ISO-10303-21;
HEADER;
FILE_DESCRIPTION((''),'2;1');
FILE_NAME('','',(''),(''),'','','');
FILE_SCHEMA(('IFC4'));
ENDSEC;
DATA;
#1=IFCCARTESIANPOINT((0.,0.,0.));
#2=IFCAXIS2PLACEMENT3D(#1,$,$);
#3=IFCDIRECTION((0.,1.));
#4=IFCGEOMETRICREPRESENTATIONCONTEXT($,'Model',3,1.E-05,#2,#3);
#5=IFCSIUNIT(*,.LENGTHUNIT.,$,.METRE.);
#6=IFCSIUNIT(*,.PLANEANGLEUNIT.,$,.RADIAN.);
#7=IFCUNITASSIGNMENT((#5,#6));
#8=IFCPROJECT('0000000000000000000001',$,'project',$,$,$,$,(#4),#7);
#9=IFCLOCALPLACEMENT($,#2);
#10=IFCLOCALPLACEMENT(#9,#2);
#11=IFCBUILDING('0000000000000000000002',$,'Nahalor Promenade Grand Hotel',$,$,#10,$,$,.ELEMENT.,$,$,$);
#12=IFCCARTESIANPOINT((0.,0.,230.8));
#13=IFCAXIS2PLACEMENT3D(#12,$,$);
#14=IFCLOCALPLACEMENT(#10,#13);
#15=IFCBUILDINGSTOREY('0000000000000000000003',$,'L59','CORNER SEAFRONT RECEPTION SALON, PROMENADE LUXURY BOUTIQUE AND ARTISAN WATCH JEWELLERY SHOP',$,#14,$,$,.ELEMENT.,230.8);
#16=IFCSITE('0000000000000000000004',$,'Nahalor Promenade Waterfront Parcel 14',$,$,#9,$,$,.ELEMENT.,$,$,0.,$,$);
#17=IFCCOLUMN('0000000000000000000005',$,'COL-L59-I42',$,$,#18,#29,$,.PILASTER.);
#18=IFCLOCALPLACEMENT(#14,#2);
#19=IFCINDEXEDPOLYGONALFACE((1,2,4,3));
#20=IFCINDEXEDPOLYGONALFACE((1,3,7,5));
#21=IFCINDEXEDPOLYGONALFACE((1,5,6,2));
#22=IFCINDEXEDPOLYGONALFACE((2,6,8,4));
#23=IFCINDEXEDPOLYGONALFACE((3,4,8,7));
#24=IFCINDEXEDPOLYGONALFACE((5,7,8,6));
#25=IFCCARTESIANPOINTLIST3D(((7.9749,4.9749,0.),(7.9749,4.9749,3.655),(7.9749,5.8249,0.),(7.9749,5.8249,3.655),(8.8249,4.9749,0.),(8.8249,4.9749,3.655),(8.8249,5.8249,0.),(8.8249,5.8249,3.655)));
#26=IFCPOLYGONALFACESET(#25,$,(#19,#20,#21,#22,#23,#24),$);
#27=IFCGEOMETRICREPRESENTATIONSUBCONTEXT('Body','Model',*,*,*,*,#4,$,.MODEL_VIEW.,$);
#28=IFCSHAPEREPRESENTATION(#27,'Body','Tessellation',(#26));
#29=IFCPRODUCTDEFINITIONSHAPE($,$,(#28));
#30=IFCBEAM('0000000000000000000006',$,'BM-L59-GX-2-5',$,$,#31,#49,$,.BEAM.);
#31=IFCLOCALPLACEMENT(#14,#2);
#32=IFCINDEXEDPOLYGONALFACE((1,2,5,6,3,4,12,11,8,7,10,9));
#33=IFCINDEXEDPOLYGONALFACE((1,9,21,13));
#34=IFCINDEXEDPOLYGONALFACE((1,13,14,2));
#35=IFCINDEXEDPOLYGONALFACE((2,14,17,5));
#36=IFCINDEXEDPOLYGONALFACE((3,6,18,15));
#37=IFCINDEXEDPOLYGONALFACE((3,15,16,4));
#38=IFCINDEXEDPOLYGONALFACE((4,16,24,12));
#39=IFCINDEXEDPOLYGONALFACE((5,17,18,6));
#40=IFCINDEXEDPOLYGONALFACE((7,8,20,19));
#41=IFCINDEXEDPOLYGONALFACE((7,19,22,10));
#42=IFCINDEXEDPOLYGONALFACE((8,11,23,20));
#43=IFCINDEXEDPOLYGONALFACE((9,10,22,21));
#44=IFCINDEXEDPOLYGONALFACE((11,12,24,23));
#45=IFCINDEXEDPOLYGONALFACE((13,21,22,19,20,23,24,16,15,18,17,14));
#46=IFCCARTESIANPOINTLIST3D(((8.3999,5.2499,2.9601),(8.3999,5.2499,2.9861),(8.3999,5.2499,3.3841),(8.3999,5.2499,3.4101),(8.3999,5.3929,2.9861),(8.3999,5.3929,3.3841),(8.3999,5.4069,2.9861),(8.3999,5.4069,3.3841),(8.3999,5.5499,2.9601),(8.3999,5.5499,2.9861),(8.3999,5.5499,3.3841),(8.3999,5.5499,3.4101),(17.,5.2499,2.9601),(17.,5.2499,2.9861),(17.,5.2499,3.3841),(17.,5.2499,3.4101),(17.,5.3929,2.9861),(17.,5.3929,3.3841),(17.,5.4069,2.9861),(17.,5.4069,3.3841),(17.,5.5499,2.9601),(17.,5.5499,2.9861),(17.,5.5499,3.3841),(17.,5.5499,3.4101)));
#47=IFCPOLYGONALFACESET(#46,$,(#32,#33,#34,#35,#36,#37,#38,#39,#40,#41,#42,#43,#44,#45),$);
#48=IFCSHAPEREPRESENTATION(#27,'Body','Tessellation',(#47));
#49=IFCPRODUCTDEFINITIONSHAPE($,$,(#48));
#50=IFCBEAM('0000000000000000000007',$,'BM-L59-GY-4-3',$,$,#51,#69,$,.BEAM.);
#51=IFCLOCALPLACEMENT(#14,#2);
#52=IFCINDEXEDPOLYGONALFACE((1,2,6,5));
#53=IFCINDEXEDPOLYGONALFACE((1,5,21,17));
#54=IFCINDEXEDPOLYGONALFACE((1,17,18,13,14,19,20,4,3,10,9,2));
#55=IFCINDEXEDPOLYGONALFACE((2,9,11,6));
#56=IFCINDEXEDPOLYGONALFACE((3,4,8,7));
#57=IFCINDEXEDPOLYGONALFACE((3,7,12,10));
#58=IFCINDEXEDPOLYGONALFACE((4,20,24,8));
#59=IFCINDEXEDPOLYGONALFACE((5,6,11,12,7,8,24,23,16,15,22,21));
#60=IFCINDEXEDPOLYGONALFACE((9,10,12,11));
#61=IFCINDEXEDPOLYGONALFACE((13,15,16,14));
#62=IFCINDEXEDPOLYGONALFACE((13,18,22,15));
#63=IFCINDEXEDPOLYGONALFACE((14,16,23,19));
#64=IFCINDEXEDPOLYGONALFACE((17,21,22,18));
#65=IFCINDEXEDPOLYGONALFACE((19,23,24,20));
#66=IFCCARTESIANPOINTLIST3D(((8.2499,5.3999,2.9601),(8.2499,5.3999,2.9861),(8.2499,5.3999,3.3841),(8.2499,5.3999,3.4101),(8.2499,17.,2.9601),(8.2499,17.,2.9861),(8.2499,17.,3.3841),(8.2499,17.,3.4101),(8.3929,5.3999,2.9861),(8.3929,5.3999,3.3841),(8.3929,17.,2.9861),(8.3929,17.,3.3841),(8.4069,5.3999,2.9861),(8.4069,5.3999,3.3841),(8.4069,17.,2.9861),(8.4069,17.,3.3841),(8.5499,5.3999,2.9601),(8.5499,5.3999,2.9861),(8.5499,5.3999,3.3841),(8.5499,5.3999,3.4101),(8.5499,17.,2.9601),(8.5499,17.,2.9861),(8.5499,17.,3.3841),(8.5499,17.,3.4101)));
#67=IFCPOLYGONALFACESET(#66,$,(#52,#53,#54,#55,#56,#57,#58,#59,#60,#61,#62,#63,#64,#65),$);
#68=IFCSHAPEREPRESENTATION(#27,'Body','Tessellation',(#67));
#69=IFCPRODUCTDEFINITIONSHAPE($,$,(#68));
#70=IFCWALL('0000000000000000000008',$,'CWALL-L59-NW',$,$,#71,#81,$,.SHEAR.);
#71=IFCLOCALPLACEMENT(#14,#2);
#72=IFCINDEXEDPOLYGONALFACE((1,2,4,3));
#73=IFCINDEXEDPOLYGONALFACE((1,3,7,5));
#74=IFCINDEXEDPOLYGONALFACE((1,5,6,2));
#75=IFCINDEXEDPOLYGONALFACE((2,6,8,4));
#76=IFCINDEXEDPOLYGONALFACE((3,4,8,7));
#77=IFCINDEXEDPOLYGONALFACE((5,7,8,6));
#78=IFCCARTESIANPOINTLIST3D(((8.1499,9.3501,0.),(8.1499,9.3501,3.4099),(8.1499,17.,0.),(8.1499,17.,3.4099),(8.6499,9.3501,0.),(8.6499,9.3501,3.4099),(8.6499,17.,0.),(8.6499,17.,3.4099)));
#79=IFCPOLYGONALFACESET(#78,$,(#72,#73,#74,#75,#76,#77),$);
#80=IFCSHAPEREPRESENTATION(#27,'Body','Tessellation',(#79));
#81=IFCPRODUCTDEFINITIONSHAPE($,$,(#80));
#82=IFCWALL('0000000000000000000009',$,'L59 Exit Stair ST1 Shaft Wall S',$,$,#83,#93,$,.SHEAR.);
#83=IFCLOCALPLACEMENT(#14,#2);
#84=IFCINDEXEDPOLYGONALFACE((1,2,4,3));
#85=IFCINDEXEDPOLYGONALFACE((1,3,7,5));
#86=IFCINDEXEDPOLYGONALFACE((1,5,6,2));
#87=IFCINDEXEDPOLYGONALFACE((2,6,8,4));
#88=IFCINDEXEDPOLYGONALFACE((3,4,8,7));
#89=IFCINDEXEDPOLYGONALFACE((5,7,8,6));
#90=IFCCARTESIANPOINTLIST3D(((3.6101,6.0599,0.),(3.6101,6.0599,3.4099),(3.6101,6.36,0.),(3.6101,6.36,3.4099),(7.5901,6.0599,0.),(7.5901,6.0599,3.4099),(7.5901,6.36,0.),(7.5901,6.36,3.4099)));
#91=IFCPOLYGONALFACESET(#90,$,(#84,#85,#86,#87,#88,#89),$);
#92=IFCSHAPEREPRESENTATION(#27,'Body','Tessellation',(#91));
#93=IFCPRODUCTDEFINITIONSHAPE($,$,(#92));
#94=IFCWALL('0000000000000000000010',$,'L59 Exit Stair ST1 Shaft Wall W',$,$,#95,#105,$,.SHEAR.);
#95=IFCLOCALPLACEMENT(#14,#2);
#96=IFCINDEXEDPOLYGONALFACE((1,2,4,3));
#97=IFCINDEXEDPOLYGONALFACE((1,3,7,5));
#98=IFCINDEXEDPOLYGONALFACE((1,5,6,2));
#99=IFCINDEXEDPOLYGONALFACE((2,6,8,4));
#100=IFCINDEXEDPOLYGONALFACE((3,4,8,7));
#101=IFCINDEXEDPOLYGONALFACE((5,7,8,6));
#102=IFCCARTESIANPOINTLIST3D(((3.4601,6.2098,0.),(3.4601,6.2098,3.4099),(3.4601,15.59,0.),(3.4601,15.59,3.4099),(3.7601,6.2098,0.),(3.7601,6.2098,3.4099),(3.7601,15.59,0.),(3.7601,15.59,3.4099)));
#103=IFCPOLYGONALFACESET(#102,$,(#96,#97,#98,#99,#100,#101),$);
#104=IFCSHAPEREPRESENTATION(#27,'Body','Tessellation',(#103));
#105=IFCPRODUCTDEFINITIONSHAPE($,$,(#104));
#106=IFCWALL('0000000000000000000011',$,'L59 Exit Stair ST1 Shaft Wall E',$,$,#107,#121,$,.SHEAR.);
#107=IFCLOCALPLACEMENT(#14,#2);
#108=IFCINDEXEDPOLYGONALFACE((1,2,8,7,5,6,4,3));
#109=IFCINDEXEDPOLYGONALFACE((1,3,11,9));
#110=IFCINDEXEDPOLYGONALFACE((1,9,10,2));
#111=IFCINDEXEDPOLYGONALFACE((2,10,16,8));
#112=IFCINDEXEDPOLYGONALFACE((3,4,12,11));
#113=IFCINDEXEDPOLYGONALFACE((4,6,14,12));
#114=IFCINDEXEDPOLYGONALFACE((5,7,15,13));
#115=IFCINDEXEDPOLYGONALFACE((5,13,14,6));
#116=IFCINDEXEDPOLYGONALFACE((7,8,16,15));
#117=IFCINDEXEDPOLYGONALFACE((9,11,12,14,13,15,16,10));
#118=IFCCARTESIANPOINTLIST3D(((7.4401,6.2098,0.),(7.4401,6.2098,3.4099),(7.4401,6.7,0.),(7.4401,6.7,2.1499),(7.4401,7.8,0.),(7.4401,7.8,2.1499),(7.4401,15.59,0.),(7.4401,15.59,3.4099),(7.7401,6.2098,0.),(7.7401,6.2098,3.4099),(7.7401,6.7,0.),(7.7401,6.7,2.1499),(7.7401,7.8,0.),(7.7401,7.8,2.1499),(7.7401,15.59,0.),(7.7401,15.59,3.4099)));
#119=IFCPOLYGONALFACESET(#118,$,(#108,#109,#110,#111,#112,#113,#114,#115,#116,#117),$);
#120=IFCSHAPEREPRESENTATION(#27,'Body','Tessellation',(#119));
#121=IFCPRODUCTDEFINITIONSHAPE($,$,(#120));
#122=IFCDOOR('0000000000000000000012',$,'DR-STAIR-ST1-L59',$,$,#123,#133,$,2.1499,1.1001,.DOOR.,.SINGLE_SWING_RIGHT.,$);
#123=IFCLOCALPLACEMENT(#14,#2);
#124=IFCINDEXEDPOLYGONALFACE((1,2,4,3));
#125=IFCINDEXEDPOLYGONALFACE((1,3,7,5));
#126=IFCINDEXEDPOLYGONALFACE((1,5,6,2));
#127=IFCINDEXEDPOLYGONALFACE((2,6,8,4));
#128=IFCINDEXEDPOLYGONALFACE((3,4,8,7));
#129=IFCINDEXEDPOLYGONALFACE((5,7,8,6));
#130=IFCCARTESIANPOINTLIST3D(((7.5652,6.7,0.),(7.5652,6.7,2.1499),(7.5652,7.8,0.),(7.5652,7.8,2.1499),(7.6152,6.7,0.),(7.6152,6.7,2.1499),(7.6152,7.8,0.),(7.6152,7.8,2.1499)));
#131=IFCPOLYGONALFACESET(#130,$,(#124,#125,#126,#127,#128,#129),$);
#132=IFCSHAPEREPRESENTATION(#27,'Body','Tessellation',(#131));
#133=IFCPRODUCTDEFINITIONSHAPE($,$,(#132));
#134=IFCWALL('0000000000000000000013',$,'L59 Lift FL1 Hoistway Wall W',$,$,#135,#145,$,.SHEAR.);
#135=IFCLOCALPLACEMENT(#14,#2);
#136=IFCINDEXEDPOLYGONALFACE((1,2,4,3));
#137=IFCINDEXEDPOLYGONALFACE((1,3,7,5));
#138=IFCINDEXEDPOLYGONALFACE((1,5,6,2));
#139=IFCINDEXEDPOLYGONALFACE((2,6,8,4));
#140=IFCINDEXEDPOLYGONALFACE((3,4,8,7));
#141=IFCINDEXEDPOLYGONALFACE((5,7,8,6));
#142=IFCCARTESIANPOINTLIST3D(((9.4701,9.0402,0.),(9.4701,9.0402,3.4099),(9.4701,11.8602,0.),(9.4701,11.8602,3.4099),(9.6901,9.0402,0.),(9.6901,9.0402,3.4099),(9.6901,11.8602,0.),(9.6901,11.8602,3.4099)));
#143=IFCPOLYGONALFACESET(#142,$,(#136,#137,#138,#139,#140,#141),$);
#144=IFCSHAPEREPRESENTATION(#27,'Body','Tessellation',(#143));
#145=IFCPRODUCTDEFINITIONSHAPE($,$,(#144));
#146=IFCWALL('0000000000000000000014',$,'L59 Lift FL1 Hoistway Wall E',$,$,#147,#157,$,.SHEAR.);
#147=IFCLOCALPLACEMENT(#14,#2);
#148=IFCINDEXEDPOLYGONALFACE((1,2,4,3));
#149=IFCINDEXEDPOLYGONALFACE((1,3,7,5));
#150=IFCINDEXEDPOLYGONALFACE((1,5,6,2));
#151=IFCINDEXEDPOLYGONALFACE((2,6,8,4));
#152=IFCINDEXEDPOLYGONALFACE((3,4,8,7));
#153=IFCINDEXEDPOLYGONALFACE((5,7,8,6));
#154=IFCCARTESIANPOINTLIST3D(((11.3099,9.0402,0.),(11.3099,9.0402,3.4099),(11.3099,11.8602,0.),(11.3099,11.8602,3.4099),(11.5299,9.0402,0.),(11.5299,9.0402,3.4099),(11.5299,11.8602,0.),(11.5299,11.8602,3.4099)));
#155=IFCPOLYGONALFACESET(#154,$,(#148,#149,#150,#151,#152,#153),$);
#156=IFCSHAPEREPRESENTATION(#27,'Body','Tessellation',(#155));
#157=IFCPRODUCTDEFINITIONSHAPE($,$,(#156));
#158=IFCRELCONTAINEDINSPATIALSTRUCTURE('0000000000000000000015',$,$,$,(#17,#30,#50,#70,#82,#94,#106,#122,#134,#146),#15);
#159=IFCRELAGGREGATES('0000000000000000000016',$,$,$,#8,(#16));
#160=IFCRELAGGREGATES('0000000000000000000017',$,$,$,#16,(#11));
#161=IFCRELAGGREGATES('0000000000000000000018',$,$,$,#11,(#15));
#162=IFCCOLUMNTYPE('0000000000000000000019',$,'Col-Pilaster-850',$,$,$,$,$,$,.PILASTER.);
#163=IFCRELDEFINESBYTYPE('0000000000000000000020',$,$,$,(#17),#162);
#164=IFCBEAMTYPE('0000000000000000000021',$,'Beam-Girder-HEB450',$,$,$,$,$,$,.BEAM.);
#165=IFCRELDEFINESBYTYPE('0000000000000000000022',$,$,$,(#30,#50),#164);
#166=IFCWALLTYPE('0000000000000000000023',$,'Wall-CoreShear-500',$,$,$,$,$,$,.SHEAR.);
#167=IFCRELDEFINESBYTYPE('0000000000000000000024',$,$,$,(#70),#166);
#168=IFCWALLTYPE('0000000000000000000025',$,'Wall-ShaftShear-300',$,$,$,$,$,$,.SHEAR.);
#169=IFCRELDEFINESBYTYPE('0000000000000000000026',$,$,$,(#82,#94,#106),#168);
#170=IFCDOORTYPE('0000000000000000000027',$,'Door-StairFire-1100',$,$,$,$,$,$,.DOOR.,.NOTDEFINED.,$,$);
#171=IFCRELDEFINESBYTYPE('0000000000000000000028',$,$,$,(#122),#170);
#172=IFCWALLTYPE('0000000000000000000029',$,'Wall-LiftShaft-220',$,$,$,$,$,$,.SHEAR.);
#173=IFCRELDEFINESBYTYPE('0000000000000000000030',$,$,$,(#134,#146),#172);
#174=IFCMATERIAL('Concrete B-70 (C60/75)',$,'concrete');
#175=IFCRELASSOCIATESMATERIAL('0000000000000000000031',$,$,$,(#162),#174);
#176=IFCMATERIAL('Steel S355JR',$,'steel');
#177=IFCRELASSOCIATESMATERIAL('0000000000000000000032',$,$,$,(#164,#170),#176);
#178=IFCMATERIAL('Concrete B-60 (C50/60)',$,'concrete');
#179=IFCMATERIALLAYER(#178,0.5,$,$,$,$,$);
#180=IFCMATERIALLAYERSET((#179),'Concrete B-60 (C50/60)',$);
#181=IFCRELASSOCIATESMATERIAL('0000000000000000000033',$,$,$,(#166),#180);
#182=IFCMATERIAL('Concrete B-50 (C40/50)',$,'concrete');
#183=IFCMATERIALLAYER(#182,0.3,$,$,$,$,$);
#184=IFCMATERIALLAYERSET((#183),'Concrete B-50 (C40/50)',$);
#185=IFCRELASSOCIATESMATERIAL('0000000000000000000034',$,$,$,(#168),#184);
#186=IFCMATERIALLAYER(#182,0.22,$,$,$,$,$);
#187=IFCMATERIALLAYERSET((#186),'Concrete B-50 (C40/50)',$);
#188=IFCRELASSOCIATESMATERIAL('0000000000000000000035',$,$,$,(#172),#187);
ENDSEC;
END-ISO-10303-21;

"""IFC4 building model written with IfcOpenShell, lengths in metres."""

from ifc_helpers import new_model, si_unit, direction, frame, frame_2d, origin, origin_2d, place, context, subcontext, project, spatial, rectangle, i_section, extrude, source, transform, mapped, material, layer, layer_set, material_profile, profile_set, type_object, element, fill, save


model = new_model("IFC4")

# Units and contexts
model_context = context("Model", 3, precision=1e-05, world=origin(), true_north=direction((0.0, 1.0)))
body_context = subcontext(model_context, "Body", "Model", "MODEL_VIEW")
ifc_project = project(units=[si_unit("LENGTHUNIT", "METRE"), si_unit("PLANEANGLEUNIT", "RADIAN")], contexts=[model_context])

# Site, building, storey
site_placement = place(None, origin())
site = spatial("IfcSite", under=ifc_project, at=site_placement, Name="Nahalor Promenade Waterfront Parcel 14", CompositionType="ELEMENT", RefElevation=0.0)
building_placement = place(site_placement, origin())
building = spatial("IfcBuilding", under=site, at=building_placement, Name="Nahalor Promenade Grand Hotel", CompositionType="ELEMENT")
storey_placement = place(building_placement, frame((0.0, 0.0, 230.8)))
storey = spatial("IfcBuildingStorey", under=building, at=storey_placement, Name="L59", Description="CORNER SEAFRONT RECEPTION SALON, PROMENADE LUXURY BOUTIQUE AND ARTISAN WATCH JEWELLERY SHOP", CompositionType="ELEMENT", Elevation=230.8)

# Column
ifc_material_1 = material(Name="Concrete B-70 (C60/75)", Category="concrete")
ifc_material_profile_1 = material_profile(ifc_material_1, rectangle(XDim=0.85, YDim=0.85, at=origin_2d()), Name="RC 850x850")
ifc_profile_set_1 = profile_set([ifc_material_profile_1], Name="Concrete B-70 (C60/75)")
column_type = type_object("IfcColumnType", Name="Col-Pilaster-850", PredefinedType="PILASTER", material=ifc_profile_set_1)
shared_shape_1 = source(origin(), body_context, "Body", "SweptSolid", [
    extrude(rectangle(XDim=0.85, YDim=0.85, at=origin_2d()), origin(), (0.0, 0.0, 1.0), 3.655),
])
column_placement = place(storey_placement, frame((8.3999, 5.3999, 0.0), z_axis=(0.0, 0.0, 1.0), x_axis=(1.0, 0.0, 0.0)))
element("IfcColumn", 1, at=column_placement, inside=storey, type_object=column_type, Name="COL-L59-I42", PredefinedType="PILASTER", context=body_context, shape_type="MappedRepresentation", body=[
    mapped(shared_shape_1, transform((0.0, 0.0, 0.0), scale=1.0)),
])

# Beams
ifc_material_2 = material(Name="Steel S355JR", Category="steel")
ifc_material_profile_2 = material_profile(ifc_material_2, i_section(OverallWidth=0.3, OverallDepth=0.45, WebThickness=0.014, FlangeThickness=0.026, at=origin_2d()), Name="HEB 450")
ifc_profile_set_2 = profile_set([ifc_material_profile_2], Name="Steel S355JR")
beam_type = type_object("IfcBeamType", Name="Beam-Girder-HEB450", PredefinedType="BEAM", material=ifc_profile_set_2)
shared_shape_2 = source(origin(), body_context, "Body", "SweptSolid", [
    extrude(i_section(OverallWidth=0.3, OverallDepth=0.45, WebThickness=0.014, FlangeThickness=0.026, at=origin_2d()), origin(), (0.0, 0.0, 1.0), 8.6001),
])
beam_1_placement = place(storey_placement, frame((8.3999, 5.3999, 3.1851), z_axis=(1.0, 0.0, 0.0), x_axis=(0.0, 1.0, 0.0)))
element("IfcBeam", 2, at=beam_1_placement, inside=storey, type_object=beam_type, Name="BM-L59-GX-2-5", PredefinedType="BEAM", context=body_context, shape_type="MappedRepresentation", body=[
    mapped(shared_shape_2, transform((0.0, 0.0, 0.0), scale=1.0)),
])
shared_shape_3 = source(origin(), body_context, "Body", "SweptSolid", [
    extrude(i_section(OverallWidth=0.3, OverallDepth=0.45, WebThickness=0.014, FlangeThickness=0.026, at=origin_2d()), origin(), (0.0, 0.0, 1.0), 11.6001),
])
beam_2_placement = place(storey_placement, frame((8.3999, 5.3999, 3.1851), z_axis=(0.0, 1.0, 0.0), x_axis=(-1.0, 0.0, 0.0)))
element("IfcBeam", 3, at=beam_2_placement, inside=storey, type_object=beam_type, Name="BM-L59-GY-4-3", PredefinedType="BEAM", context=body_context, shape_type="MappedRepresentation", body=[
    mapped(shared_shape_3, transform((0.0, 0.0, 0.0), scale=1.0)),
])

# Walls
ifc_material_3 = material(Name="Concrete B-60 (C50/60)", Category="concrete")
ifc_layer_1 = layer(ifc_material_3, 0.5)
ifc_layer_set_1 = layer_set([ifc_layer_1], Name="Concrete B-60 (C50/60)")
wall_type_1 = type_object("IfcWallType", Name="Wall-CoreShear-500", PredefinedType="SHEAR", material=ifc_layer_set_1)
shared_shape_4 = source(origin(), body_context, "Body", "SweptSolid", [
    extrude(rectangle(XDim=7.6499, YDim=0.5, at=frame_2d((3.825, 0.0))), origin(), (0.0, 0.0, 1.0), 3.4099),
])
wall_1_placement = place(storey_placement, frame((8.3999, 9.3501, 0.0), z_axis=(0.0, 0.0, 1.0), x_axis=(0.0, 1.0, 0.0)))
element("IfcWall", 4, at=wall_1_placement, inside=storey, type_object=wall_type_1, Name="CWALL-L59-NW", PredefinedType="SHEAR", context=body_context, shape_type="MappedRepresentation", body=[
    mapped(shared_shape_4, transform((0.0, 0.0, 0.0), scale=1.0)),
])
ifc_material_4 = material(Name="Concrete B-50 (C40/50)", Category="concrete")
ifc_layer_2 = layer(ifc_material_4, 0.3)
ifc_layer_set_2 = layer_set([ifc_layer_2], Name="Concrete B-50 (C40/50)")
wall_type_2 = type_object("IfcWallType", Name="Wall-ShaftShear-300", PredefinedType="SHEAR", material=ifc_layer_set_2)
shared_shape_5 = source(origin(), body_context, "Body", "SweptSolid", [
    extrude(rectangle(XDim=3.98, YDim=0.3, at=frame_2d((1.99, 0.0))), origin(), (0.0, 0.0, 1.0), 3.4099),
])
wall_2_placement = place(storey_placement, frame((3.6101, 6.21, 0.0), z_axis=(0.0, 0.0, 1.0), x_axis=(1.0, 0.0, 0.0)))
element("IfcWall", 5, at=wall_2_placement, inside=storey, type_object=wall_type_2, Name="L59 Exit Stair ST1 Shaft Wall S", PredefinedType="SHEAR", context=body_context, shape_type="MappedRepresentation", body=[
    mapped(shared_shape_5, transform((0.0, 0.0, 0.0), scale=1.0)),
])
shared_shape_6 = source(origin(), body_context, "Body", "SweptSolid", [
    extrude(rectangle(XDim=9.3801, YDim=0.3, at=frame_2d((4.6899, 0.0))), origin(), (0.0, 0.0, 1.0), 3.4099),
])
wall_3_placement = place(storey_placement, frame((3.6101, 6.21, 0.0), z_axis=(0.0, 0.0, 1.0), x_axis=(0.0, 1.0, 0.0)))
element("IfcWall", 6, at=wall_3_placement, inside=storey, type_object=wall_type_2, Name="L59 Exit Stair ST1 Shaft Wall W", PredefinedType="SHEAR", context=body_context, shape_type="MappedRepresentation", body=[
    mapped(shared_shape_6, transform((0.0, 0.0, 0.0), scale=1.0)),
])

# Wall, opening, door
wall_4_placement = place(storey_placement, frame((7.5901, 6.21, 0.0), z_axis=(0.0, 0.0, 1.0), x_axis=(0.0, 1.0, 0.0)))
wall_4 = element("IfcWall", 7, at=wall_4_placement, inside=storey, type_object=wall_type_2, Name="L59 Exit Stair ST1 Shaft Wall E", PredefinedType="SHEAR", context=body_context, shape_type="MappedRepresentation", body=[
    mapped(shared_shape_6, transform((0.0, 0.0, 0.0), scale=1.0)),
])
opening_1_placement = place(wall_4_placement, frame((0.49, 0.0, 0.0)))
opening_1 = element("IfcOpeningElement", 8, at=opening_1_placement, cuts=wall_4, PredefinedType="OPENING", context=body_context, shape_type="SweptSolid", body=[
    extrude(rectangle(XDim=1.1001, YDim=2.1499, at=frame_2d((0.55, 1.075))), frame((0.0, 0.1599, 0.0), z_axis=(0.0, -1.0, 0.0), x_axis=(1.0, 0.0, 0.0)), (0.0, 0.0, 1.0), 0.3201),
])
door_type_1 = type_object("IfcDoorType", Name="Door-StairFire-1100", OperationType="NOTDEFINED", PredefinedType="DOOR", material=ifc_material_2)
shared_shape_7 = source(origin(), body_context, "Body", "SweptSolid", [
    extrude(rectangle(XDim=1.1001, YDim=2.1499, at=frame_2d((0.55, 1.075))), frame((0.0, 0.0249, 0.0), z_axis=(0.0, -1.0, 0.0), x_axis=(1.0, 0.0, 0.0)), (0.0, 0.0, 1.0), 0.05),
])
door_1_placement = place(opening_1_placement, origin())
door_1 = element("IfcDoor", 9, at=door_1_placement, inside=storey, type_object=door_type_1, Name="DR-STAIR-ST1-L59", OperationType="SINGLE_SWING_RIGHT", OverallHeight=2.1499, OverallWidth=1.1001, PredefinedType="DOOR", context=body_context, shape_type="MappedRepresentation", body=[
    mapped(shared_shape_7, transform((0.0, 0.0, 0.0), scale=1.0)),
])
fill(opening_1, door_1)

# Walls
ifc_layer_3 = layer(ifc_material_4, 0.22)
ifc_layer_set_3 = layer_set([ifc_layer_3], Name="Concrete B-50 (C40/50)")
wall_type_3 = type_object("IfcWallType", Name="Wall-LiftShaft-220", PredefinedType="SHEAR", material=ifc_layer_set_3)
shared_shape_8 = source(origin(), body_context, "Body", "SweptSolid", [
    extrude(rectangle(XDim=2.8201, YDim=0.22, at=frame_2d((1.4102, 0.0))), origin(), (0.0, 0.0, 1.0), 3.4099),
])
for number, where, z_axis, x_axis, name in (
    (10, (9.5801, 9.04, 0.0), (0.0, 0.0, 1.0), (0.0, 1.0, 0.0), "L59 Lift FL1 Hoistway Wall W"),
    (11, (11.4199, 9.04, 0.0), (0.0, 0.0, 1.0), (0.0, 1.0, 0.0), "L59 Lift FL1 Hoistway Wall E"),
):
    element("IfcWall", number, at=place(storey_placement, frame(where, z_axis=z_axis, x_axis=x_axis)), inside=storey, type_object=wall_type_3, Name=name, PredefinedType="SHEAR", context=body_context, shape_type="MappedRepresentation", body=[
        mapped(shared_shape_8, transform((0.0, 0.0, 0.0), scale=1.0)),
    ])

save(model, "model.ifc")
